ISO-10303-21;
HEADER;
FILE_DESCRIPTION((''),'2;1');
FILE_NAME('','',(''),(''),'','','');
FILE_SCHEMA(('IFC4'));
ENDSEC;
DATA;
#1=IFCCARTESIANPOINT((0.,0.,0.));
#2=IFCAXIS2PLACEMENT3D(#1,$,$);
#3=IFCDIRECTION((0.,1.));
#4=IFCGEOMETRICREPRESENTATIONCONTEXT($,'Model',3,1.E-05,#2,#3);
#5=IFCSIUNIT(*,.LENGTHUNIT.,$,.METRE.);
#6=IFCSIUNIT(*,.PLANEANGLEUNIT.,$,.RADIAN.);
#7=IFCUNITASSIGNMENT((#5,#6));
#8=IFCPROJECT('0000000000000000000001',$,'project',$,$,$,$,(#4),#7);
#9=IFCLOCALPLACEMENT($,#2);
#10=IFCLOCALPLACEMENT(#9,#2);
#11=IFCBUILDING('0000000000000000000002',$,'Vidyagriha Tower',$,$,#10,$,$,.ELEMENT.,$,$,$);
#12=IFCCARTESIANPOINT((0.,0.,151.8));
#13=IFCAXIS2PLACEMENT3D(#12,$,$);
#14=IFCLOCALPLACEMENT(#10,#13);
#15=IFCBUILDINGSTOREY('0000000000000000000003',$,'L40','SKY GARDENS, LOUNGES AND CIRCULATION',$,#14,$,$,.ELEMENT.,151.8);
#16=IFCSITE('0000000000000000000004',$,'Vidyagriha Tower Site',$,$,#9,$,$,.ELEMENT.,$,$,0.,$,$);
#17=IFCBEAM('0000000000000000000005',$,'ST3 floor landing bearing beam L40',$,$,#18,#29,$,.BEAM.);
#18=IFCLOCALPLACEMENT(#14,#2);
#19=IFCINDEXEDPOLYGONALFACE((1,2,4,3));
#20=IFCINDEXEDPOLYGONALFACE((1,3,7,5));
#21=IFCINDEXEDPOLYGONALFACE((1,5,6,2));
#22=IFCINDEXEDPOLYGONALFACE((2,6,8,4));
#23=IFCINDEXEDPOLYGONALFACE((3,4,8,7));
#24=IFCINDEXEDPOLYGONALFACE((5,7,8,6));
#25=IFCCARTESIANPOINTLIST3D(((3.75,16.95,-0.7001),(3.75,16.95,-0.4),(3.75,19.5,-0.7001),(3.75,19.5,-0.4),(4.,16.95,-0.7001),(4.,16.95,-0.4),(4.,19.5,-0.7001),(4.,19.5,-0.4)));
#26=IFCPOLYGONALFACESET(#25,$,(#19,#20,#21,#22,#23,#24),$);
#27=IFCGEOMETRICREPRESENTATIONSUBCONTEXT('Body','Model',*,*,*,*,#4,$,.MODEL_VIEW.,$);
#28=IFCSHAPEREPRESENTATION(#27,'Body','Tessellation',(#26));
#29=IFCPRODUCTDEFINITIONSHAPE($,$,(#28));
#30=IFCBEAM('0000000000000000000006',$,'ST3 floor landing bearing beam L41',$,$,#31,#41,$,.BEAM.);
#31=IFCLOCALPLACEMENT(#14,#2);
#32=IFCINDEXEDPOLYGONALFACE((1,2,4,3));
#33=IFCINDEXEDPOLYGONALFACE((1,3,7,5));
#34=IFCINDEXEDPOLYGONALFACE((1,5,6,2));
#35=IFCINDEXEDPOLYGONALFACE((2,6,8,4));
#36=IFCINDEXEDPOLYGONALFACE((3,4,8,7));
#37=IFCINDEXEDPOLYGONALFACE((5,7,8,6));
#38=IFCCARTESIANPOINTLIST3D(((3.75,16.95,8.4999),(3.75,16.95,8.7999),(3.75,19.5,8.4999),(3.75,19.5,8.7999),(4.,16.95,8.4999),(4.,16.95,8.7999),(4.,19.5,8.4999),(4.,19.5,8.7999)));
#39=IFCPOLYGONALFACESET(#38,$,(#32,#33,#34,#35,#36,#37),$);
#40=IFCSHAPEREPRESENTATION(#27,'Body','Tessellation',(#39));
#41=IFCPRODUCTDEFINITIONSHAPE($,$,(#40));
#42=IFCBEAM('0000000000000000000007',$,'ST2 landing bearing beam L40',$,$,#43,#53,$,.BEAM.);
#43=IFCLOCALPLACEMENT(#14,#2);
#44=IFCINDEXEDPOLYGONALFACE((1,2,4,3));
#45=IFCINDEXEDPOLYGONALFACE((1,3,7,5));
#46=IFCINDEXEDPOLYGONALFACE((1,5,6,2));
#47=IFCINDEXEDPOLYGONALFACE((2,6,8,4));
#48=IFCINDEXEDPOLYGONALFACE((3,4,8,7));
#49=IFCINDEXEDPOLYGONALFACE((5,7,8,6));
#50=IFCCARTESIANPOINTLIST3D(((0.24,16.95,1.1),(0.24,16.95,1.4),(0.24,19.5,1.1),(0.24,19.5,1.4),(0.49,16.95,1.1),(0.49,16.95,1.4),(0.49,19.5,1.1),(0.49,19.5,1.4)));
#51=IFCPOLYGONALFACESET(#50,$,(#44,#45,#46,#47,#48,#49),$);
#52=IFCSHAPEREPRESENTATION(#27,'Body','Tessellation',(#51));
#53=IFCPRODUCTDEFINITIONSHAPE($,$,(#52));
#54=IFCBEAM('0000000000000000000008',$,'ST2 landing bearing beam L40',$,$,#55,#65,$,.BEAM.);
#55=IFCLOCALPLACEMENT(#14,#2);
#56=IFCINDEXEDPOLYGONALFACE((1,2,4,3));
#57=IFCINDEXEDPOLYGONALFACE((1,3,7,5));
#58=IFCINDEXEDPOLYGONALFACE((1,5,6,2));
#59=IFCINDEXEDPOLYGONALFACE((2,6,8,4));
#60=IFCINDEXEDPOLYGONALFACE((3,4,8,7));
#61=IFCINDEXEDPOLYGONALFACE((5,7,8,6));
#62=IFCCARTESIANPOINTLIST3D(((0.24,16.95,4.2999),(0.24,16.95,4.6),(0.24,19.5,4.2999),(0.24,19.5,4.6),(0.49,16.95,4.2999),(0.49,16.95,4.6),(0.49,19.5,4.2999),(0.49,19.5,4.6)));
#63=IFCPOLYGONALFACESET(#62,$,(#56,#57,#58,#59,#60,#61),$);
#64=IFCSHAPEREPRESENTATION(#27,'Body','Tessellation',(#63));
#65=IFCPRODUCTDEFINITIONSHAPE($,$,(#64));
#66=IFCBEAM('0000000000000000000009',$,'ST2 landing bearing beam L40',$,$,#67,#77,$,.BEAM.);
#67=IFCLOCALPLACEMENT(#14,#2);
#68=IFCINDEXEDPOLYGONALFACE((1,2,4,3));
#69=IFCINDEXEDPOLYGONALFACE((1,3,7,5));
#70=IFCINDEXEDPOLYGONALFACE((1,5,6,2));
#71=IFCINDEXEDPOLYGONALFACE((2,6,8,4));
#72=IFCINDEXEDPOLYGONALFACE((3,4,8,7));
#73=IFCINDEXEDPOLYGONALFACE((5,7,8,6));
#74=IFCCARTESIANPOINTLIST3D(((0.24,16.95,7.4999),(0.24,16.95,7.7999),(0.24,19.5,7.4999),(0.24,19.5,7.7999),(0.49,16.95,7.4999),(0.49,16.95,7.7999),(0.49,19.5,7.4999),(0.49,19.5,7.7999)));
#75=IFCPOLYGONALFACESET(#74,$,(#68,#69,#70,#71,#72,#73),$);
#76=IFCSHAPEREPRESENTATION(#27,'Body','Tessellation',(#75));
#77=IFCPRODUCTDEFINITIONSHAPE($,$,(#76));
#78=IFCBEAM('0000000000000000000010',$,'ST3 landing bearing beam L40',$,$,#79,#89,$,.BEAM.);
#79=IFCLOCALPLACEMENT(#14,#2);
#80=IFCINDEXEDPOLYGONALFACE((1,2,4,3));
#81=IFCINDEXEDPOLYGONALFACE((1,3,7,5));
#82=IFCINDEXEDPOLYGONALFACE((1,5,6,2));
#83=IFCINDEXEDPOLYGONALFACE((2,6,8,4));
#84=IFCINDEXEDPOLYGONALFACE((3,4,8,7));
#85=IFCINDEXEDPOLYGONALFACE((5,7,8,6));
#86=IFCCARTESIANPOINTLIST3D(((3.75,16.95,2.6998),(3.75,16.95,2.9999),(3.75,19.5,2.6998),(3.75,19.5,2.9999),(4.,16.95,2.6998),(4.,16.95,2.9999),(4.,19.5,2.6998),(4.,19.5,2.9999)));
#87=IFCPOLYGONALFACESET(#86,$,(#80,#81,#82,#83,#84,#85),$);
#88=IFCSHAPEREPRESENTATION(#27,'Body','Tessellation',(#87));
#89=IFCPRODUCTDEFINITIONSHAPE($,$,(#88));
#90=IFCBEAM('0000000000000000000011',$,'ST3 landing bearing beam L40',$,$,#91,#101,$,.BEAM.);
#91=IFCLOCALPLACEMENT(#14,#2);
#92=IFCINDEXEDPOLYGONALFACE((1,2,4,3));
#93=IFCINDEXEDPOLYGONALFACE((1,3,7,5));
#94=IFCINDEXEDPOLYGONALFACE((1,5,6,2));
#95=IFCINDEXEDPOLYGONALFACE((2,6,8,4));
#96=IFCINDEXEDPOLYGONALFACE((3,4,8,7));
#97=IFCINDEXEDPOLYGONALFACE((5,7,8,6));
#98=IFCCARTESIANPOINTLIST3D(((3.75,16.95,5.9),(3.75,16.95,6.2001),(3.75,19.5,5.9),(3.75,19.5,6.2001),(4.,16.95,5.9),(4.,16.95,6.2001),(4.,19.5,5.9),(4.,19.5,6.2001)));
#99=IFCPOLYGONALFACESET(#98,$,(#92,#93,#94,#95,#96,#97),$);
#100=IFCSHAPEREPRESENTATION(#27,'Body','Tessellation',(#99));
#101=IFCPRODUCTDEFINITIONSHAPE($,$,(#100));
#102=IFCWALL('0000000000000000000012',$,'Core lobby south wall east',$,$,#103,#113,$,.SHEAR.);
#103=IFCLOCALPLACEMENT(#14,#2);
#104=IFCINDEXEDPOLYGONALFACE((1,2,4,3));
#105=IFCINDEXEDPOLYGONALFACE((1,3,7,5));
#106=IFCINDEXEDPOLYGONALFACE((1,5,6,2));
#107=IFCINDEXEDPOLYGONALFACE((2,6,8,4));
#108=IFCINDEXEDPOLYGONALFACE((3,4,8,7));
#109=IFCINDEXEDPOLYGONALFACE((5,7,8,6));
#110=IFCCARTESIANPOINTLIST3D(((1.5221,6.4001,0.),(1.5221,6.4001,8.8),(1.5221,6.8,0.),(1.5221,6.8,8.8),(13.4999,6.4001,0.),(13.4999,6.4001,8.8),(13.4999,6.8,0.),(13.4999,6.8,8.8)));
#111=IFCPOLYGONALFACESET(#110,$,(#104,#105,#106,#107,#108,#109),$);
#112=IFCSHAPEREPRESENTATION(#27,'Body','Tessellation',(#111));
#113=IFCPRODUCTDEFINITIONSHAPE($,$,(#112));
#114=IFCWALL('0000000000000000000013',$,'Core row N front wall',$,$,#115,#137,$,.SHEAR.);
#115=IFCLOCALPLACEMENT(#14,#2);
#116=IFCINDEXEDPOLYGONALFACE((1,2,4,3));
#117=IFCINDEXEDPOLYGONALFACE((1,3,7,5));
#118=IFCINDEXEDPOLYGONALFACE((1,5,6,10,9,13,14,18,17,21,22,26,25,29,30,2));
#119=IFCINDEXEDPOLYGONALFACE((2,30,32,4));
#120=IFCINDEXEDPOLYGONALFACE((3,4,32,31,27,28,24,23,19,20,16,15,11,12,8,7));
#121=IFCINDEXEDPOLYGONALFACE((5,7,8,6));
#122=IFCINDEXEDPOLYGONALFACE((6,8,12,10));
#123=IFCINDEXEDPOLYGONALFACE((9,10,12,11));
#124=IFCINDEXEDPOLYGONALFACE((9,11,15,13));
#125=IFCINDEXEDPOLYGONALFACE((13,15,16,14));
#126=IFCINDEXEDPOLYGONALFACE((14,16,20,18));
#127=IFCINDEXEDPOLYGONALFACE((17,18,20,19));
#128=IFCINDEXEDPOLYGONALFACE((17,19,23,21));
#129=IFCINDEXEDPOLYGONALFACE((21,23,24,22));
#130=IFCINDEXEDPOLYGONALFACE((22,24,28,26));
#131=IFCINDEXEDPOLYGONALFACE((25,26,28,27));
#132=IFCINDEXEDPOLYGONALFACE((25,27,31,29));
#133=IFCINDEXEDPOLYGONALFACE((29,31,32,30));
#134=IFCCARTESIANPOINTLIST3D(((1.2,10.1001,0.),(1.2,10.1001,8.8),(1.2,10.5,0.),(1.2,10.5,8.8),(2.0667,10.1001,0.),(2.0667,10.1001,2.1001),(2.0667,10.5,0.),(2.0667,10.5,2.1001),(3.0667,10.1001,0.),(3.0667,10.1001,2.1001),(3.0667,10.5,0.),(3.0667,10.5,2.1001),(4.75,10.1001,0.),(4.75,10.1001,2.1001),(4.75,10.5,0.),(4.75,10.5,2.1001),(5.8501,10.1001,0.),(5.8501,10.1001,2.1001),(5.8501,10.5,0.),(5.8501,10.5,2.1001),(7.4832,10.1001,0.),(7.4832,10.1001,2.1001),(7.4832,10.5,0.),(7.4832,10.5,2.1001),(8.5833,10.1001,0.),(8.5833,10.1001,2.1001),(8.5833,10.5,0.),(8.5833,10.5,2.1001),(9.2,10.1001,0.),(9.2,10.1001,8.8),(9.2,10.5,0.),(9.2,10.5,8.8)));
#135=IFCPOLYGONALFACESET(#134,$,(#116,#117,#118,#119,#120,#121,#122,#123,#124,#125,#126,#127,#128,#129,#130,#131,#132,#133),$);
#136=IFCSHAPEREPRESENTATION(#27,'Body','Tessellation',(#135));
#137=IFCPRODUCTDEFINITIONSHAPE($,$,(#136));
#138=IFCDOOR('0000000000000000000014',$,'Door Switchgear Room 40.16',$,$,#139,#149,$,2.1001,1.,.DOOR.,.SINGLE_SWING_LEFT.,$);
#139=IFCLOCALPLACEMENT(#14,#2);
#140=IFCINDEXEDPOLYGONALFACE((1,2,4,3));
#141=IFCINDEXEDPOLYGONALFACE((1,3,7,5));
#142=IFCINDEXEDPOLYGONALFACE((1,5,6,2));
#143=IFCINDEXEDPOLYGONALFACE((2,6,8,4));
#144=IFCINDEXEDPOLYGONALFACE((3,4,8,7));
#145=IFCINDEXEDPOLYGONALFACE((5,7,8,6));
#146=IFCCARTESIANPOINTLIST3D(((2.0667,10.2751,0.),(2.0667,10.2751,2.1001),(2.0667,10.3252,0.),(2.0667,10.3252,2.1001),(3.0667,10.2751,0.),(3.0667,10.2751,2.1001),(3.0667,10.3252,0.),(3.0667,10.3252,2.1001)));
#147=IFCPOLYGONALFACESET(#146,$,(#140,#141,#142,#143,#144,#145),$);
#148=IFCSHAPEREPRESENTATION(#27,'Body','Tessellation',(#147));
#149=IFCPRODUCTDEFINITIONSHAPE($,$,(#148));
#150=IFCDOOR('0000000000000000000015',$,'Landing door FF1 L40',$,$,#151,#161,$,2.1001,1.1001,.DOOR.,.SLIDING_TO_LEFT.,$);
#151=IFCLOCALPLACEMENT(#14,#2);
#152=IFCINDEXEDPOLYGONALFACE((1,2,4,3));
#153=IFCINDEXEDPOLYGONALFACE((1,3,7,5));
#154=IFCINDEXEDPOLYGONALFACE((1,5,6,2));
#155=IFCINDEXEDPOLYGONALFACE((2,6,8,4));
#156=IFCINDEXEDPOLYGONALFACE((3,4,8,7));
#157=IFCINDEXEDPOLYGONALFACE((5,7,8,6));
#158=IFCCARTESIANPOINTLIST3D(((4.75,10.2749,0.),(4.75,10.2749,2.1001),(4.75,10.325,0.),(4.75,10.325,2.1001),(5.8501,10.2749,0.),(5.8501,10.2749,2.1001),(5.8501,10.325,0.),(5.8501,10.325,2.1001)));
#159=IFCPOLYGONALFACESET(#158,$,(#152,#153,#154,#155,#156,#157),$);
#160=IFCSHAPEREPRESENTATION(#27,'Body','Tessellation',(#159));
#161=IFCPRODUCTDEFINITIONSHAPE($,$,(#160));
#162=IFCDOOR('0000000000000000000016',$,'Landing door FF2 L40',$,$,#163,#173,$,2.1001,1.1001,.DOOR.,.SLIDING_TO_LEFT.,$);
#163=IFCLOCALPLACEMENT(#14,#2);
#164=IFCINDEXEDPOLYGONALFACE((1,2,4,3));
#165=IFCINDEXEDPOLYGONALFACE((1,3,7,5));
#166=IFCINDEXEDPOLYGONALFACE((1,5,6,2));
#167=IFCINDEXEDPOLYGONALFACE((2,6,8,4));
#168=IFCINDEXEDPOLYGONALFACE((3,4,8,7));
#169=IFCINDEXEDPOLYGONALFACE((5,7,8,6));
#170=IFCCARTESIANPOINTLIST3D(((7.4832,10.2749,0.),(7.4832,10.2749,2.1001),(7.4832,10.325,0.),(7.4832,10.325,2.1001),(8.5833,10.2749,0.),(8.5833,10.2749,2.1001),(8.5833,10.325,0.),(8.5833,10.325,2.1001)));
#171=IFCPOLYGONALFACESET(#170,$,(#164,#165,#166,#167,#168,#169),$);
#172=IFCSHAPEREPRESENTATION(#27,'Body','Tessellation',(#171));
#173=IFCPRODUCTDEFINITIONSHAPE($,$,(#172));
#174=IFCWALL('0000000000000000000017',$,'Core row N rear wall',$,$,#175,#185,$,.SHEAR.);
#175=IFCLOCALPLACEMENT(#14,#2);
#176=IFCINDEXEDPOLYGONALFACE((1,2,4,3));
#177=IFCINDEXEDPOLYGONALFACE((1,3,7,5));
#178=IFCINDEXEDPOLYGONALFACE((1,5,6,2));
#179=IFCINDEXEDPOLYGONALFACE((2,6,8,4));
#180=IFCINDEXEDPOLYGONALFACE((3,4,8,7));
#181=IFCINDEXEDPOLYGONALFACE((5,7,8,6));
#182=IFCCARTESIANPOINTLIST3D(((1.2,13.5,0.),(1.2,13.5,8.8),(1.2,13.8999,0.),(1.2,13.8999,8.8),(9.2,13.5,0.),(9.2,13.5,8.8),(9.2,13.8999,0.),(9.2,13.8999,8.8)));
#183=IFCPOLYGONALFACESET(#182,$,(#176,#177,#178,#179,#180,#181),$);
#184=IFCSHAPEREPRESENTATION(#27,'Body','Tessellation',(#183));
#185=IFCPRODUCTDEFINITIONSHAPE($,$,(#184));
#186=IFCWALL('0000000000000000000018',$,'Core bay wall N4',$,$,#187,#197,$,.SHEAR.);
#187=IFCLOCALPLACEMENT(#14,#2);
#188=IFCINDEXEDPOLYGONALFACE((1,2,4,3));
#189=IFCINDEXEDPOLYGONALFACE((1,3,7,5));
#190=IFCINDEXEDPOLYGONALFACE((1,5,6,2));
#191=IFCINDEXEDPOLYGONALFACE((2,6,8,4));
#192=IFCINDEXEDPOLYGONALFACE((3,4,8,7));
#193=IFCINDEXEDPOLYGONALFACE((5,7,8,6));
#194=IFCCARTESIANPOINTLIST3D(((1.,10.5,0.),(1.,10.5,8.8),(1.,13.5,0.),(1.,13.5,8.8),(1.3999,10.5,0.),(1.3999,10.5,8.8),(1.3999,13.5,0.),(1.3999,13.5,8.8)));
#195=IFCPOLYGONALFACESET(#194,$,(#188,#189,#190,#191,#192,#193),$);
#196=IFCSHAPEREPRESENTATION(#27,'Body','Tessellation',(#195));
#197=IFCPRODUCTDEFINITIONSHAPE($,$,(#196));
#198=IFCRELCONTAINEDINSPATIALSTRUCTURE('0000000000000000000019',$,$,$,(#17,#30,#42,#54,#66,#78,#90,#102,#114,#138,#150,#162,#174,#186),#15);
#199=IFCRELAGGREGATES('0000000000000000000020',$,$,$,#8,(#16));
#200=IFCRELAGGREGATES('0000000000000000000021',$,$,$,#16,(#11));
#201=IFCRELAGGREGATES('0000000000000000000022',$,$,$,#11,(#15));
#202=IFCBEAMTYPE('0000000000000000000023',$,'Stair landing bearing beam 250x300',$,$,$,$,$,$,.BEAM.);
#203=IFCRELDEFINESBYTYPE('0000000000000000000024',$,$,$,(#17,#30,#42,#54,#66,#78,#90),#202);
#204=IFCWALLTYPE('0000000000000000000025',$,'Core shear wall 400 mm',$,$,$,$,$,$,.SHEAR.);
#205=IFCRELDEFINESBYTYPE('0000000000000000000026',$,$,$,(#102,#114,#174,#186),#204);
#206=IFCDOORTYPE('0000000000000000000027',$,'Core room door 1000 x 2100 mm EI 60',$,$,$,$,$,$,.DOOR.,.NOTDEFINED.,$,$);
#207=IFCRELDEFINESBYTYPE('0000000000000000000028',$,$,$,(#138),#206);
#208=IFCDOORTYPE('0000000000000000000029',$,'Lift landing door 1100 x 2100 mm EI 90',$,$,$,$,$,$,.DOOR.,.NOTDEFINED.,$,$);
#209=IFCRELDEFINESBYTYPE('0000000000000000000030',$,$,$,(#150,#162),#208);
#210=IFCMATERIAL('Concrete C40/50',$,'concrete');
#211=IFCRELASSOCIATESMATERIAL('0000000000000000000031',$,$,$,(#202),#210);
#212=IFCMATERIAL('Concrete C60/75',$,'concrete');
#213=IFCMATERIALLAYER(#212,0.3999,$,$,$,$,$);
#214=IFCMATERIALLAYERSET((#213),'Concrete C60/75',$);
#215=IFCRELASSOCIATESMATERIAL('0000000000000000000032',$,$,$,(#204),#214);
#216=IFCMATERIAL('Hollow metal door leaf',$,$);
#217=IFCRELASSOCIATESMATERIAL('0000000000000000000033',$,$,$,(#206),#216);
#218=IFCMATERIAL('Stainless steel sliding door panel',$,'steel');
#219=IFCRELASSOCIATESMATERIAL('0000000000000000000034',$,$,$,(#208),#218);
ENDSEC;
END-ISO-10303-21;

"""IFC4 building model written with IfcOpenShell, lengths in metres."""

from ifc_helpers import new_model, si_unit, direction, frame, frame_2d, origin, origin_2d, place, context, subcontext, project, spatial, rectangle, extrude, material, layer, layer_set, material_profile, profile_set, type_object, element, fill, save


model = new_model("IFC4")

# Units and contexts
model_context = context("Model", 3, precision=1e-05, world=origin(), true_north=direction((0.0, 1.0)))
body_context = subcontext(model_context, "Body", "Model", "MODEL_VIEW")
ifc_project = project(units=[si_unit("LENGTHUNIT", "METRE"), si_unit("PLANEANGLEUNIT", "RADIAN")], contexts=[model_context])

# Site, building, storey
site_placement = place(None, origin())
site = spatial("IfcSite", under=ifc_project, at=site_placement, Name="Vidyagriha Tower Site", CompositionType="ELEMENT", RefElevation=0.0)
building_placement = place(site_placement, origin())
building = spatial("IfcBuilding", under=site, at=building_placement, Name="Vidyagriha Tower", CompositionType="ELEMENT")
storey_placement = place(building_placement, frame((0.0, 0.0, 151.8)))
storey = spatial("IfcBuildingStorey", under=building, at=storey_placement, Name="L40", Description="SKY GARDENS, LOUNGES AND CIRCULATION", CompositionType="ELEMENT", Elevation=151.8)

# Beams
ifc_material_1 = material(Name="Concrete C40/50", Category="concrete")
ifc_material_profile = material_profile(ifc_material_1, rectangle(XDim=0.25, YDim=0.3, at=origin_2d()), Name="Stair landing bearing beam 250x300")
ifc_profile_set = profile_set([ifc_material_profile], Name="Concrete C40/50")
beam_type = type_object("IfcBeamType", Name="Stair landing bearing beam 250x300", PredefinedType="BEAM", material=ifc_profile_set)
for number, where, z_axis, x_axis, name in (
    (1, (3.875, 16.95, -0.55), (0.0, 1.0, 0.0), (-1.0, 0.0, 0.0), "ST3 floor landing bearing beam L40"),
    (2, (3.875, 16.95, 8.6499), (0.0, 1.0, 0.0), (-1.0, 0.0, 0.0), "ST3 floor landing bearing beam L41"),
    (3, (0.365, 16.95, 1.25), (0.0, 1.0, 0.0), (-1.0, 0.0, 0.0), "ST2 landing bearing beam L40"),
    (4, (0.365, 16.95, 4.45), (0.0, 1.0, 0.0), (-1.0, 0.0, 0.0), "ST2 landing bearing beam L40"),
    (5, (0.365, 16.95, 7.6499), (0.0, 1.0, 0.0), (-1.0, 0.0, 0.0), "ST2 landing bearing beam L40"),
    (6, (3.875, 16.95, 2.8499), (0.0, 1.0, 0.0), (-1.0, 0.0, 0.0), "ST3 landing bearing beam L40"),
    (7, (3.875, 16.95, 6.05), (0.0, 1.0, 0.0), (-1.0, 0.0, 0.0), "ST3 landing bearing beam L40"),
):
    element("IfcBeam", number, at=place(storey_placement, frame(where, z_axis=z_axis, x_axis=x_axis)), inside=storey, type_object=beam_type, Name=name, PredefinedType="BEAM", context=body_context, shape_type="SweptSolid", body=[
        extrude(rectangle(XDim=0.25, YDim=0.3, at=origin_2d()), origin(), (0.0, 0.0, 1.0), 2.55),
    ])

# Wall
ifc_material_2 = material(Name="Concrete C60/75", Category="concrete")
ifc_layer_1 = layer(ifc_material_2, 0.3999)
ifc_layer_set_1 = layer_set([ifc_layer_1], Name="Concrete C60/75")
wall_type_1 = type_object("IfcWallType", Name="Core shear wall 400 mm", PredefinedType="SHEAR", material=ifc_layer_set_1)
wall_1_placement = place(storey_placement, frame((1.5222, 6.6001, 0.0)))
element("IfcWall", 8, at=wall_1_placement, inside=storey, type_object=wall_type_1, Name="Core lobby south wall east", PredefinedType="SHEAR", context=body_context, shape_type="SweptSolid", body=[
    extrude(rectangle(XDim=11.9778, YDim=0.3999, at=frame_2d((5.9888, 0.0))), origin(), (0.0, 0.0, 1.0), 8.8),
])

# Wall, openings, doors
wall_2_placement = place(storey_placement, frame((1.2, 10.3, 0.0)))
wall_2 = element("IfcWall", 9, at=wall_2_placement, inside=storey, type_object=wall_type_1, Name="Core row N front wall", PredefinedType="SHEAR", context=body_context, shape_type="SweptSolid", body=[
    extrude(rectangle(XDim=8.0, YDim=0.3999, at=frame_2d((4.0, 0.0))), origin(), (0.0, 0.0, 1.0), 8.8),
])
opening_1_placement = place(wall_2_placement, frame((3.55, 0.0, 0.0)))
opening_1 = element("IfcOpeningElement", 10, at=opening_1_placement, cuts=wall_2, PredefinedType="OPENING", context=body_context, shape_type="SweptSolid", body=[
    extrude(rectangle(XDim=1.1001, YDim=2.1001, at=frame_2d((0.55, 1.05))), frame((0.0, 0.21, 0.0), z_axis=(0.0, -1.0, 0.0), x_axis=(1.0, 0.0, 0.0)), (0.0, 0.0, 1.0), 0.4199),
])
opening_2_placement = place(wall_2_placement, frame((6.2832, 0.0, 0.0)))
opening_2 = element("IfcOpeningElement", 11, at=opening_2_placement, cuts=wall_2, PredefinedType="OPENING", context=body_context, shape_type="SweptSolid", body=[
    extrude(rectangle(XDim=1.1001, YDim=2.1001, at=frame_2d((0.55, 1.05))), frame((0.0, 0.21, 0.0), z_axis=(0.0, -1.0, 0.0), x_axis=(1.0, 0.0, 0.0)), (0.0, 0.0, 1.0), 0.4199),
])
opening_3_placement = place(wall_2_placement, frame((0.8667, 0.0, 0.0)))
opening_3 = element("IfcOpeningElement", 12, at=opening_3_placement, cuts=wall_2, PredefinedType="OPENING", context=body_context, shape_type="SweptSolid", body=[
    extrude(rectangle(XDim=1.0, YDim=2.1001, at=frame_2d((0.5, 1.05))), frame((0.0, 0.21, 0.0), z_axis=(0.0, -1.0, 0.0), x_axis=(1.0, 0.0, 0.0)), (0.0, 0.0, 1.0), 0.4199),
])
ifc_material_3 = material(Name="Hollow metal door leaf")
door_type_1 = type_object("IfcDoorType", Name="Core room door 1000 x 2100 mm EI 60", OperationType="NOTDEFINED", PredefinedType="DOOR", material=ifc_material_3)
door_1_placement = place(opening_3_placement, frame((1.0, 0.0, 0.0), z_axis=(0.0, 0.0, 1.0), x_axis=(-1.0, 0.0, 0.0)))
door_1 = element("IfcDoor", 13, at=door_1_placement, inside=storey, type_object=door_type_1, Name="Door Switchgear Room 40.16", OperationType="SINGLE_SWING_LEFT", OverallHeight=2.1001, OverallWidth=1.0, PredefinedType="DOOR", context=body_context, shape_type="SweptSolid", body=[
    extrude(rectangle(XDim=1.0, YDim=2.1001, at=frame_2d((0.5, 1.05))), frame((0.0, 0.0249, 0.0), z_axis=(0.0, -1.0, 0.0), x_axis=(1.0, 0.0, 0.0)), (0.0, 0.0, 1.0), 0.05),
])
fill(opening_3, door_1)
ifc_material_4 = material(Name="Stainless steel sliding door panel", Category="steel")
door_type_2 = type_object("IfcDoorType", Name="Lift landing door 1100 x 2100 mm EI 90", OperationType="NOTDEFINED", PredefinedType="DOOR", material=ifc_material_4)
door_2_placement = place(opening_1_placement, origin())
door_2 = element("IfcDoor", 14, at=door_2_placement, inside=storey, type_object=door_type_2, Name="Landing door FF1 L40", OperationType="SLIDING_TO_LEFT", OverallHeight=2.1001, OverallWidth=1.1001, PredefinedType="DOOR", context=body_context, shape_type="SweptSolid", body=[
    extrude(rectangle(XDim=1.1001, YDim=2.1001, at=frame_2d((0.55, 1.05))), frame((0.0, 0.0249, 0.0), z_axis=(0.0, -1.0, 0.0), x_axis=(1.0, 0.0, 0.0)), (0.0, 0.0, 1.0), 0.05),
])
fill(opening_1, door_2)
door_3_placement = place(opening_2_placement, origin())
door_3 = element("IfcDoor", 15, at=door_3_placement, inside=storey, type_object=door_type_2, Name="Landing door FF2 L40", OperationType="SLIDING_TO_LEFT", OverallHeight=2.1001, OverallWidth=1.1001, PredefinedType="DOOR", context=body_context, shape_type="SweptSolid", body=[
    extrude(rectangle(XDim=1.1001, YDim=2.1001, at=frame_2d((0.55, 1.05))), frame((0.0, 0.0249, 0.0), z_axis=(0.0, -1.0, 0.0), x_axis=(1.0, 0.0, 0.0)), (0.0, 0.0, 1.0), 0.05),
])
fill(opening_2, door_3)

# Walls
wall_3_placement = place(storey_placement, frame((1.2, 13.7, 0.0)))
element("IfcWall", 16, at=wall_3_placement, inside=storey, type_object=wall_type_1, Name="Core row N rear wall", PredefinedType="SHEAR", context=body_context, shape_type="SweptSolid", body=[
    extrude(rectangle(XDim=8.0, YDim=0.3999, at=frame_2d((4.0, 0.0))), origin(), (0.0, 0.0, 1.0), 8.8),
])
for number, where, z_axis, x_axis, name in (
    (17, (1.2, 10.5, 0.0), (0.0, 0.0, 1.0), (0.0, 1.0, 0.0), "Core bay wall N4"),
):
    element("IfcWall", number, at=place(storey_placement, frame(where, z_axis=z_axis, x_axis=x_axis)), inside=storey, type_object=wall_type_1, Name=name, PredefinedType="SHEAR", context=body_context, shape_type="SweptSolid", body=[
        extrude(rectangle(XDim=3.0, YDim=0.3999, at=frame_2d((1.5, 0.0))), origin(), (0.0, 0.0, 1.0), 8.8),
    ])

save(model, "model.ifc")
